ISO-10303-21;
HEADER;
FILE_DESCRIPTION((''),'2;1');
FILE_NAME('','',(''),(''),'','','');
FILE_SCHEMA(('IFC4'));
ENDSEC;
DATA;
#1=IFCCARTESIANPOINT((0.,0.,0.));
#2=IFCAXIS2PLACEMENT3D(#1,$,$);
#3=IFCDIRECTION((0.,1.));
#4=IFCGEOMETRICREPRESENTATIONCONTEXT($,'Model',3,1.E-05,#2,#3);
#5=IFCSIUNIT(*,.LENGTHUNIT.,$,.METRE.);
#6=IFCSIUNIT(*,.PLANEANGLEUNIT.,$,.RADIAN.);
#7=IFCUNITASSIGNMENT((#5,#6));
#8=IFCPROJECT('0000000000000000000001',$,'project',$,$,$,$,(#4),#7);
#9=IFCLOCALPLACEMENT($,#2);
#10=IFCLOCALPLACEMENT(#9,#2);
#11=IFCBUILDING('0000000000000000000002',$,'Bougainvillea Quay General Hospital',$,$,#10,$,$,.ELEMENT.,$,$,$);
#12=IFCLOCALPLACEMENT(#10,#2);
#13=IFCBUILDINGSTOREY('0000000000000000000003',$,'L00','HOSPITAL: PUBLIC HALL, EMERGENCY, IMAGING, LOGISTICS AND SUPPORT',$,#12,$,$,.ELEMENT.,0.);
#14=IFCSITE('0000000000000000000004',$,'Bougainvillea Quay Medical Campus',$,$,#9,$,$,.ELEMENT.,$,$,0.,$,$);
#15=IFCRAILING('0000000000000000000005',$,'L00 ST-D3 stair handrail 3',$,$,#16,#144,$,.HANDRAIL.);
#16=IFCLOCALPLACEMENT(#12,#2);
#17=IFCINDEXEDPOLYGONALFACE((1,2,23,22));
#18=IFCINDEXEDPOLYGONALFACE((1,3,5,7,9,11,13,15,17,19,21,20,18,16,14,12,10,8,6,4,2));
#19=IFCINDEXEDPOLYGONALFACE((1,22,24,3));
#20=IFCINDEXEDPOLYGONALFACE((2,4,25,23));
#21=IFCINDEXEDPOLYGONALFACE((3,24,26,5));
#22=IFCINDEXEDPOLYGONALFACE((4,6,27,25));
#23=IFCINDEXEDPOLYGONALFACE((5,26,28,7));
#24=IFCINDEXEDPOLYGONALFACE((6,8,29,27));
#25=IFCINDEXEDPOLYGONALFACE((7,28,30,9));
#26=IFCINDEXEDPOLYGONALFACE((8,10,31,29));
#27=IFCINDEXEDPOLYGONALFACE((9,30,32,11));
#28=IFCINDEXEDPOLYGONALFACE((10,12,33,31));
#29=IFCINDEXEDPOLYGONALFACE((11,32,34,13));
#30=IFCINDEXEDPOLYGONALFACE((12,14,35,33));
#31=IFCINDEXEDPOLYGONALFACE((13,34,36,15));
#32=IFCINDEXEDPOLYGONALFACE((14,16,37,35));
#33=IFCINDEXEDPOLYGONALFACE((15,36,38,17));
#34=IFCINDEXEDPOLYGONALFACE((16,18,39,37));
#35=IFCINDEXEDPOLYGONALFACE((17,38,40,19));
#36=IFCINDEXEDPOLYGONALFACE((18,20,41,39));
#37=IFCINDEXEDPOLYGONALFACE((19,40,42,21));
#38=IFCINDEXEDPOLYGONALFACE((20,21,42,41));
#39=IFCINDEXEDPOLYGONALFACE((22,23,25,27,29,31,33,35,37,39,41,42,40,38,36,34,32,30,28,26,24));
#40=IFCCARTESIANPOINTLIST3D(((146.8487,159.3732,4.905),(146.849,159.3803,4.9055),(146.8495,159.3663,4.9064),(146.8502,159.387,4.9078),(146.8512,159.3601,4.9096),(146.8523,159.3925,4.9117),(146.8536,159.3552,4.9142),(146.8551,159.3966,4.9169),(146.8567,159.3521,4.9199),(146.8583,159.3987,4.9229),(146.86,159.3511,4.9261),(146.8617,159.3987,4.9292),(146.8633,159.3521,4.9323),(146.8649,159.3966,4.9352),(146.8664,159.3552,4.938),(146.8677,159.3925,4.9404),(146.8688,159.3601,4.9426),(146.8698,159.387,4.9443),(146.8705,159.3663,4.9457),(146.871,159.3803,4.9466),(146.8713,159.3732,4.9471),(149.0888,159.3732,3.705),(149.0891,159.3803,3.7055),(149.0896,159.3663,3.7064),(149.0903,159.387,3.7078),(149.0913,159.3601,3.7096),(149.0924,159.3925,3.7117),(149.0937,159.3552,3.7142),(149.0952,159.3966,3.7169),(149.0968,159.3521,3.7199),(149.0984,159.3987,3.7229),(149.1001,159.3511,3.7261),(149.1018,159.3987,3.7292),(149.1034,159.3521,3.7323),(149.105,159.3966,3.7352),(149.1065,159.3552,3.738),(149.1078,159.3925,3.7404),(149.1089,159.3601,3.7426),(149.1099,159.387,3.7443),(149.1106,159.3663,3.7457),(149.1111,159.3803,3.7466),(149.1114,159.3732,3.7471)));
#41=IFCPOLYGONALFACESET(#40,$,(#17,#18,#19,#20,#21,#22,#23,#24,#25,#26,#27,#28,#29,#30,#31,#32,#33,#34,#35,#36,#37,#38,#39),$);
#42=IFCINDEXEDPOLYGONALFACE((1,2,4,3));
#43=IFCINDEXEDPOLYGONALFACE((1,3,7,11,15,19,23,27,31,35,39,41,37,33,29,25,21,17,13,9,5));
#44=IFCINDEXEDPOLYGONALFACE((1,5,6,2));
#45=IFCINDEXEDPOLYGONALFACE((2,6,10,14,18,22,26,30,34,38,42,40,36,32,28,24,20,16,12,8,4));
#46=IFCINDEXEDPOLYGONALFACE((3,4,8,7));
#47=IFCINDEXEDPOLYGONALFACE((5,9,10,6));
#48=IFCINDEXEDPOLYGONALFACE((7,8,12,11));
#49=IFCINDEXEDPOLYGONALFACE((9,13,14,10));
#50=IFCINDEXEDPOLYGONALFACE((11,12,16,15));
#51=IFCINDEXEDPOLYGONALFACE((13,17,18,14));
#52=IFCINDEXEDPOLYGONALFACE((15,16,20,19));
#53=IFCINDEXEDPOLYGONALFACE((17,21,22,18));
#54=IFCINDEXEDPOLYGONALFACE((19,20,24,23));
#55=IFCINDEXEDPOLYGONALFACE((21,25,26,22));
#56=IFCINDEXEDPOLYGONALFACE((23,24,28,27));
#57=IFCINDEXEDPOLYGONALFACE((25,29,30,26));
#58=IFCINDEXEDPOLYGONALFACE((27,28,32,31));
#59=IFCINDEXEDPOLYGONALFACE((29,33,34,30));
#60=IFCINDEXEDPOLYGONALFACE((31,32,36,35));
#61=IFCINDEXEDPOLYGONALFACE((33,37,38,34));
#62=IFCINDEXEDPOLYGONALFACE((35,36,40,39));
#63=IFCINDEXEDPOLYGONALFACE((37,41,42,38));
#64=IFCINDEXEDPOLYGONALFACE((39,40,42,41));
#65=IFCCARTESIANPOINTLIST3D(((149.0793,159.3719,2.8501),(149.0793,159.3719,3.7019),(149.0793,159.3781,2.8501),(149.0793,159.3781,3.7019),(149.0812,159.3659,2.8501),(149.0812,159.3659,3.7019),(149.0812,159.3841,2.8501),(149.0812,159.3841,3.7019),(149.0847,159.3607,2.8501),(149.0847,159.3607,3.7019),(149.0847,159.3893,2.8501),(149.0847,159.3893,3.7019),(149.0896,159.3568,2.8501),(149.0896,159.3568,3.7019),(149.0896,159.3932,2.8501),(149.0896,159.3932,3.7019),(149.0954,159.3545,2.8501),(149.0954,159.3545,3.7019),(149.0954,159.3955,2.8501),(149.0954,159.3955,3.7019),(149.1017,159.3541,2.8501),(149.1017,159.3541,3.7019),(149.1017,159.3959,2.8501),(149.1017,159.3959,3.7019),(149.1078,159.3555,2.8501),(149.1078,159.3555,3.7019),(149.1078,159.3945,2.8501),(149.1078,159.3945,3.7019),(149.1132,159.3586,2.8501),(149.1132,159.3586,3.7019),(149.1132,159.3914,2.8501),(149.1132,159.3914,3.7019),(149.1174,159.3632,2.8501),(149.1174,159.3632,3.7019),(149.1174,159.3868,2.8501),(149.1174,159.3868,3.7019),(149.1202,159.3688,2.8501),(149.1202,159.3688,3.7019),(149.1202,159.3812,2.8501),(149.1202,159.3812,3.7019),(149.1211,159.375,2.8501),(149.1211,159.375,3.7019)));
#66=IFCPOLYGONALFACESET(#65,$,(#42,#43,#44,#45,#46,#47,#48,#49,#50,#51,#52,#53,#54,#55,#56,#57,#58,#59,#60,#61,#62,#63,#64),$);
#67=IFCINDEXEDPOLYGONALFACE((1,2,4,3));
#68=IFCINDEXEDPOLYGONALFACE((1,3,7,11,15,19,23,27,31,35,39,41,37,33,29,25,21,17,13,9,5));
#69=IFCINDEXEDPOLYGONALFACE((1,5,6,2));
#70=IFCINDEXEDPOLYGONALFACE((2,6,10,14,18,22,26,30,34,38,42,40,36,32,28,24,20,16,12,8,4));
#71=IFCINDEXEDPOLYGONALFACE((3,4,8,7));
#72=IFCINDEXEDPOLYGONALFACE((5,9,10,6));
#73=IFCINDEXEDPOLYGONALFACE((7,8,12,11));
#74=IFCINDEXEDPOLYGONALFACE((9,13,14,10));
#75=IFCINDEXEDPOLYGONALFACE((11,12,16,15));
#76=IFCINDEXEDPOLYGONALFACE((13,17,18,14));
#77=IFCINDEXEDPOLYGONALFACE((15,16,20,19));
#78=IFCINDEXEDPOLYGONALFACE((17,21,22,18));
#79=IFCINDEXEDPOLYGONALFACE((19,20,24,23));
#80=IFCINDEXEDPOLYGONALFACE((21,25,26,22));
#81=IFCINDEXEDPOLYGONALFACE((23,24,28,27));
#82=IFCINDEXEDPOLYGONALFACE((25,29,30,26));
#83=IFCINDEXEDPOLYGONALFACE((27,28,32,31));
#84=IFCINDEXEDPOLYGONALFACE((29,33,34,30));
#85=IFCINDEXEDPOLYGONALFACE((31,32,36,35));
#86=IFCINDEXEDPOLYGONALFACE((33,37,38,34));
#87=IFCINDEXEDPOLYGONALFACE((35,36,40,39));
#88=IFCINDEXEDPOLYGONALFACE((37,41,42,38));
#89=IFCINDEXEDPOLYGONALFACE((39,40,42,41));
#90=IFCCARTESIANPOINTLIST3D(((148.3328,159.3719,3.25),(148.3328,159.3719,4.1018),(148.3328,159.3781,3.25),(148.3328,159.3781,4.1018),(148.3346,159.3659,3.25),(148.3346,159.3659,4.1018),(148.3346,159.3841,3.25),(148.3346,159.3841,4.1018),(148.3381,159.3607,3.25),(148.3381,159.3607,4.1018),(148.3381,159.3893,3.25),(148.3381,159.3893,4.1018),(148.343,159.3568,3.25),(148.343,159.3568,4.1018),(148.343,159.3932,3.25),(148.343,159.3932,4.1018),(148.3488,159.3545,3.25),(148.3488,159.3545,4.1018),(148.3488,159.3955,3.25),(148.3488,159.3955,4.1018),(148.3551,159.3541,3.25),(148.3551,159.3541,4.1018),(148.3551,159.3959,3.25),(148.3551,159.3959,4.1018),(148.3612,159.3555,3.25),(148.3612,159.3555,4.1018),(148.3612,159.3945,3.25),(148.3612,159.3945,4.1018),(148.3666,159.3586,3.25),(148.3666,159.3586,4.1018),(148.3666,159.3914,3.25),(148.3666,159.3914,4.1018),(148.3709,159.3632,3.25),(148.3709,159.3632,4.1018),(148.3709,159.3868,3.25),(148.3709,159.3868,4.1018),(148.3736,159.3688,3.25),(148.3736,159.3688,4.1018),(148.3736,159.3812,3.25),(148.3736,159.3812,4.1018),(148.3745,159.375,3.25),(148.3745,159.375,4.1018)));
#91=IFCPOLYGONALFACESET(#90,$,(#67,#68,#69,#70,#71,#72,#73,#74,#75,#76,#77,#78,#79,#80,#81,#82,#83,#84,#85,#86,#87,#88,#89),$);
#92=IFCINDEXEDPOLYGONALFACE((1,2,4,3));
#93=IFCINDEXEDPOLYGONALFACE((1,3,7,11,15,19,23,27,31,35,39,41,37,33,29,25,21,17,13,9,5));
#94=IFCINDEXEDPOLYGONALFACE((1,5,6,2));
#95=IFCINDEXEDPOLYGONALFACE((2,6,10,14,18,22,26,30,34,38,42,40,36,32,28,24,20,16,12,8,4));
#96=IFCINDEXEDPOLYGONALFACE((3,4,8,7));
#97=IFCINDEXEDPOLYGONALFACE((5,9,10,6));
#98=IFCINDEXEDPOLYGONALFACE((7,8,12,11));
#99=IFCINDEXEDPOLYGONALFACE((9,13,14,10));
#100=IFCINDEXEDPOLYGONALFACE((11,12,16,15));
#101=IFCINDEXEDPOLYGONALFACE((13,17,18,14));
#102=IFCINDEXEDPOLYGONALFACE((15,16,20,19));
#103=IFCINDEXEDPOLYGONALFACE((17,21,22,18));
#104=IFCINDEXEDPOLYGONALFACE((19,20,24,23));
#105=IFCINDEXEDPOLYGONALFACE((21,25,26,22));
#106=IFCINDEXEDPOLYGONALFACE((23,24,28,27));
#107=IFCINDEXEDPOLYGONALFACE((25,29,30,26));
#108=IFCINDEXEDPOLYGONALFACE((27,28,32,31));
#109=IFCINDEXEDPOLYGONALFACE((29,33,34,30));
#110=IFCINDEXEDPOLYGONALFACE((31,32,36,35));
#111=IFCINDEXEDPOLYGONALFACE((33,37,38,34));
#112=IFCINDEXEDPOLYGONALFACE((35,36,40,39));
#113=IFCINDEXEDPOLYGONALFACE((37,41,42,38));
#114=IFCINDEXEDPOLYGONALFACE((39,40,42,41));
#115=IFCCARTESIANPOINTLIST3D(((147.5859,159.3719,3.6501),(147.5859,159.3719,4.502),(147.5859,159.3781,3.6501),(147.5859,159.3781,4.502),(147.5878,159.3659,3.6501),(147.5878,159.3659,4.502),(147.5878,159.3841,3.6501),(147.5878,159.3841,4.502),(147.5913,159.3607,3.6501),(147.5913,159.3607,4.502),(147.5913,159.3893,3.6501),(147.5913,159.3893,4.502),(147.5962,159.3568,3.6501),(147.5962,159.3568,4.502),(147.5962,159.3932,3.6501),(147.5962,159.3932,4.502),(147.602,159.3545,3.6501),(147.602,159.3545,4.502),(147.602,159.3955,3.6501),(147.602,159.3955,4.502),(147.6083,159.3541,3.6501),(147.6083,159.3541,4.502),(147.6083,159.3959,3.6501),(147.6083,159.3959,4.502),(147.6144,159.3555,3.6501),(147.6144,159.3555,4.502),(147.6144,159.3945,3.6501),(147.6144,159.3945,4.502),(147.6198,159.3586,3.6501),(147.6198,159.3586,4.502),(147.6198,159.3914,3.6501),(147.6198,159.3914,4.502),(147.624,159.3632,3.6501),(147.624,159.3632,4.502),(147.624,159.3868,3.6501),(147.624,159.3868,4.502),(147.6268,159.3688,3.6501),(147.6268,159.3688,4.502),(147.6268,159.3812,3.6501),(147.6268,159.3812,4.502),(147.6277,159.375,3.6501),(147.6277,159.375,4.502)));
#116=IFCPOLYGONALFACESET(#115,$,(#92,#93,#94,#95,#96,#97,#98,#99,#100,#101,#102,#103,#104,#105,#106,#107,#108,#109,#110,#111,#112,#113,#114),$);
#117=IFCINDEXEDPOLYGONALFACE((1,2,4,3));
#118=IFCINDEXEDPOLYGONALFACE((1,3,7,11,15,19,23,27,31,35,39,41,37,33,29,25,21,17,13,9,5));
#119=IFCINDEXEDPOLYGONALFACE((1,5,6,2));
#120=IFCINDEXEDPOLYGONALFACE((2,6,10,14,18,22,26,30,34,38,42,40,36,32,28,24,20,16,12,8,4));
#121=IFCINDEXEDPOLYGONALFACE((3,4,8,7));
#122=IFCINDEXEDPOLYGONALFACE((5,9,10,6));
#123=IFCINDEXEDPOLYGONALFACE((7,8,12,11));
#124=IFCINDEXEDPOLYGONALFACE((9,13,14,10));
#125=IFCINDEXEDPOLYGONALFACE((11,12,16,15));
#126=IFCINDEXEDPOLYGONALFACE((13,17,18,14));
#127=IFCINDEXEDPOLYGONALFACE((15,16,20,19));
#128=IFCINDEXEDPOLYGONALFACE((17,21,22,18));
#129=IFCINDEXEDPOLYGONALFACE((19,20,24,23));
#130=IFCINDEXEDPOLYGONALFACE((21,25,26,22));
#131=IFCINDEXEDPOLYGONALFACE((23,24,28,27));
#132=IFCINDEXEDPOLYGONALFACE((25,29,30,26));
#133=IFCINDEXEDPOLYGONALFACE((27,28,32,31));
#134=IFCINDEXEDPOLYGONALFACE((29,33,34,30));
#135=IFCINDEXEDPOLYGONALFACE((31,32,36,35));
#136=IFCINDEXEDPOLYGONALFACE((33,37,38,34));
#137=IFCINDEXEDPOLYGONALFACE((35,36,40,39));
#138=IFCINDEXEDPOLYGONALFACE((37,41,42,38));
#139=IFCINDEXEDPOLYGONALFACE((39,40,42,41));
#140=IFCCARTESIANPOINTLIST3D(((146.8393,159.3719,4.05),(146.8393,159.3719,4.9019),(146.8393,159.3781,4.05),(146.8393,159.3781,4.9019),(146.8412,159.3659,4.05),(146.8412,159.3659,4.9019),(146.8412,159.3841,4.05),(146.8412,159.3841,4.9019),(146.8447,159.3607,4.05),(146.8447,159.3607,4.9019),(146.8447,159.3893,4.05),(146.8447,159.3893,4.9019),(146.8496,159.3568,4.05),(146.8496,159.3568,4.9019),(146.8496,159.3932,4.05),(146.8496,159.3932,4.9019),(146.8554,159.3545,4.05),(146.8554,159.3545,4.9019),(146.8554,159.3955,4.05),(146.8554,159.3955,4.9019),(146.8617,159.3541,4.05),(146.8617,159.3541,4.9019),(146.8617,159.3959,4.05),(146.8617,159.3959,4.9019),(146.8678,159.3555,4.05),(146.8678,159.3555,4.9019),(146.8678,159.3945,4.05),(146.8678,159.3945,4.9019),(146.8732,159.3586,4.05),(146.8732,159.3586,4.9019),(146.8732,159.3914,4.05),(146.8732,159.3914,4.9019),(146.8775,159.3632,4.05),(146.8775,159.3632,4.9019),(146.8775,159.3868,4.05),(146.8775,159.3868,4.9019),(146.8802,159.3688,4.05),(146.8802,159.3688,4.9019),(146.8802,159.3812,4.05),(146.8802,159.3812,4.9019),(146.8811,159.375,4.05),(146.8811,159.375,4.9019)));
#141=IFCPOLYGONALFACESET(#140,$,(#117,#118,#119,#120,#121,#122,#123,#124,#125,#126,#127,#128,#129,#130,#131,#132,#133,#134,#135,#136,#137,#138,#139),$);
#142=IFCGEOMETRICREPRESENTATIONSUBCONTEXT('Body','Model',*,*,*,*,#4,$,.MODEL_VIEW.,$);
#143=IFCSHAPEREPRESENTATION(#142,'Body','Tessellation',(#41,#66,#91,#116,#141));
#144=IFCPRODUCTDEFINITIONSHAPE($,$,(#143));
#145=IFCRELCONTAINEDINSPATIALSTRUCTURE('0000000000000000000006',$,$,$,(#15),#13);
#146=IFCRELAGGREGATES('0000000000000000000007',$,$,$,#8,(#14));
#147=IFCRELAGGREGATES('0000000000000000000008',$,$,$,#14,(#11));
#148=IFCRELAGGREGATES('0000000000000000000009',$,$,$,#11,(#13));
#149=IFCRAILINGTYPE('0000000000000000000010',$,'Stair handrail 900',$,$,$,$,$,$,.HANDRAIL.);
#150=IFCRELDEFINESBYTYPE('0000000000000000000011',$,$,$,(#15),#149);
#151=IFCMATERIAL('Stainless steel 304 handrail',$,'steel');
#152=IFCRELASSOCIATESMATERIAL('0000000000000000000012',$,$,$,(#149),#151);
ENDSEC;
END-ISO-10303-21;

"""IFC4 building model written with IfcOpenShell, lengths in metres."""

from ifc_helpers import new_model, si_unit, direction, frame, origin, origin_2d, place, context, subcontext, project, spatial, circle, extrude, material, type_object, element, save


model = new_model("IFC4")

# Units and contexts
model_context = context("Model", 3, precision=1e-05, world=origin(), true_north=direction((0.0, 1.0)))
body_context = subcontext(model_context, "Body", "Model", "MODEL_VIEW")
ifc_project = project(units=[si_unit("LENGTHUNIT", "METRE"), si_unit("PLANEANGLEUNIT", "RADIAN")], contexts=[model_context])

# Site, building, storey
site_placement = place(None, origin())
site = spatial("IfcSite", under=ifc_project, at=site_placement, Name="Bougainvillea Quay Medical Campus", CompositionType="ELEMENT", RefElevation=0.0)
building_placement = place(site_placement, origin())
building = spatial("IfcBuilding", under=site, at=building_placement, Name="Bougainvillea Quay General Hospital", CompositionType="ELEMENT")
storey_placement = place(building_placement, origin())
storey = spatial("IfcBuildingStorey", under=building, at=storey_placement, Name="L00", Description="HOSPITAL: PUBLIC HALL, EMERGENCY, IMAGING, LOGISTICS AND SUPPORT", CompositionType="ELEMENT", Elevation=0.0)

# Railing
ifc_material_1 = material(Name="Stainless steel 304 handrail", Category="steel")
railing_type_1 = type_object("IfcRailingType", Name="Stair handrail 900", PredefinedType="HANDRAIL", material=ifc_material_1)
railing_1_placement = place(storey_placement, frame((149.1001, 159.375, 2.8501)))
element("IfcRailing", 1, at=railing_1_placement, inside=storey, type_object=railing_type_1, Name="L00 ST-D3 stair handrail 3", PredefinedType="HANDRAIL", context=body_context, shape_type="SweptSolid", body=[
    extrude(circle(Radius=0.0239, at=origin_2d()), frame((0.0, 0.0, 0.876), z_axis=(-0.881487, 0.0, 0.472208), x_axis=(0.0, -1.0, 0.0)), (0.0, 0.0, 1.0), 2.5413),
    extrude(circle(Radius=0.021, at=origin_2d()), origin(), (0.0, 0.0, 1.0), 0.8518),
    extrude(circle(Radius=0.021, at=origin_2d()), frame((-0.7466, 0.0, 0.3999)), (0.0, 0.0, 1.0), 0.8518),
    extrude(circle(Radius=0.021, at=origin_2d()), frame((-1.4934, 0.0, 0.8)), (0.0, 0.0, 1.0), 0.8518),
    extrude(circle(Radius=0.021, at=origin_2d()), frame((-2.24, 0.0, 1.2)), (0.0, 0.0, 1.0), 0.8518),
])

save(model, "model.ifc")
